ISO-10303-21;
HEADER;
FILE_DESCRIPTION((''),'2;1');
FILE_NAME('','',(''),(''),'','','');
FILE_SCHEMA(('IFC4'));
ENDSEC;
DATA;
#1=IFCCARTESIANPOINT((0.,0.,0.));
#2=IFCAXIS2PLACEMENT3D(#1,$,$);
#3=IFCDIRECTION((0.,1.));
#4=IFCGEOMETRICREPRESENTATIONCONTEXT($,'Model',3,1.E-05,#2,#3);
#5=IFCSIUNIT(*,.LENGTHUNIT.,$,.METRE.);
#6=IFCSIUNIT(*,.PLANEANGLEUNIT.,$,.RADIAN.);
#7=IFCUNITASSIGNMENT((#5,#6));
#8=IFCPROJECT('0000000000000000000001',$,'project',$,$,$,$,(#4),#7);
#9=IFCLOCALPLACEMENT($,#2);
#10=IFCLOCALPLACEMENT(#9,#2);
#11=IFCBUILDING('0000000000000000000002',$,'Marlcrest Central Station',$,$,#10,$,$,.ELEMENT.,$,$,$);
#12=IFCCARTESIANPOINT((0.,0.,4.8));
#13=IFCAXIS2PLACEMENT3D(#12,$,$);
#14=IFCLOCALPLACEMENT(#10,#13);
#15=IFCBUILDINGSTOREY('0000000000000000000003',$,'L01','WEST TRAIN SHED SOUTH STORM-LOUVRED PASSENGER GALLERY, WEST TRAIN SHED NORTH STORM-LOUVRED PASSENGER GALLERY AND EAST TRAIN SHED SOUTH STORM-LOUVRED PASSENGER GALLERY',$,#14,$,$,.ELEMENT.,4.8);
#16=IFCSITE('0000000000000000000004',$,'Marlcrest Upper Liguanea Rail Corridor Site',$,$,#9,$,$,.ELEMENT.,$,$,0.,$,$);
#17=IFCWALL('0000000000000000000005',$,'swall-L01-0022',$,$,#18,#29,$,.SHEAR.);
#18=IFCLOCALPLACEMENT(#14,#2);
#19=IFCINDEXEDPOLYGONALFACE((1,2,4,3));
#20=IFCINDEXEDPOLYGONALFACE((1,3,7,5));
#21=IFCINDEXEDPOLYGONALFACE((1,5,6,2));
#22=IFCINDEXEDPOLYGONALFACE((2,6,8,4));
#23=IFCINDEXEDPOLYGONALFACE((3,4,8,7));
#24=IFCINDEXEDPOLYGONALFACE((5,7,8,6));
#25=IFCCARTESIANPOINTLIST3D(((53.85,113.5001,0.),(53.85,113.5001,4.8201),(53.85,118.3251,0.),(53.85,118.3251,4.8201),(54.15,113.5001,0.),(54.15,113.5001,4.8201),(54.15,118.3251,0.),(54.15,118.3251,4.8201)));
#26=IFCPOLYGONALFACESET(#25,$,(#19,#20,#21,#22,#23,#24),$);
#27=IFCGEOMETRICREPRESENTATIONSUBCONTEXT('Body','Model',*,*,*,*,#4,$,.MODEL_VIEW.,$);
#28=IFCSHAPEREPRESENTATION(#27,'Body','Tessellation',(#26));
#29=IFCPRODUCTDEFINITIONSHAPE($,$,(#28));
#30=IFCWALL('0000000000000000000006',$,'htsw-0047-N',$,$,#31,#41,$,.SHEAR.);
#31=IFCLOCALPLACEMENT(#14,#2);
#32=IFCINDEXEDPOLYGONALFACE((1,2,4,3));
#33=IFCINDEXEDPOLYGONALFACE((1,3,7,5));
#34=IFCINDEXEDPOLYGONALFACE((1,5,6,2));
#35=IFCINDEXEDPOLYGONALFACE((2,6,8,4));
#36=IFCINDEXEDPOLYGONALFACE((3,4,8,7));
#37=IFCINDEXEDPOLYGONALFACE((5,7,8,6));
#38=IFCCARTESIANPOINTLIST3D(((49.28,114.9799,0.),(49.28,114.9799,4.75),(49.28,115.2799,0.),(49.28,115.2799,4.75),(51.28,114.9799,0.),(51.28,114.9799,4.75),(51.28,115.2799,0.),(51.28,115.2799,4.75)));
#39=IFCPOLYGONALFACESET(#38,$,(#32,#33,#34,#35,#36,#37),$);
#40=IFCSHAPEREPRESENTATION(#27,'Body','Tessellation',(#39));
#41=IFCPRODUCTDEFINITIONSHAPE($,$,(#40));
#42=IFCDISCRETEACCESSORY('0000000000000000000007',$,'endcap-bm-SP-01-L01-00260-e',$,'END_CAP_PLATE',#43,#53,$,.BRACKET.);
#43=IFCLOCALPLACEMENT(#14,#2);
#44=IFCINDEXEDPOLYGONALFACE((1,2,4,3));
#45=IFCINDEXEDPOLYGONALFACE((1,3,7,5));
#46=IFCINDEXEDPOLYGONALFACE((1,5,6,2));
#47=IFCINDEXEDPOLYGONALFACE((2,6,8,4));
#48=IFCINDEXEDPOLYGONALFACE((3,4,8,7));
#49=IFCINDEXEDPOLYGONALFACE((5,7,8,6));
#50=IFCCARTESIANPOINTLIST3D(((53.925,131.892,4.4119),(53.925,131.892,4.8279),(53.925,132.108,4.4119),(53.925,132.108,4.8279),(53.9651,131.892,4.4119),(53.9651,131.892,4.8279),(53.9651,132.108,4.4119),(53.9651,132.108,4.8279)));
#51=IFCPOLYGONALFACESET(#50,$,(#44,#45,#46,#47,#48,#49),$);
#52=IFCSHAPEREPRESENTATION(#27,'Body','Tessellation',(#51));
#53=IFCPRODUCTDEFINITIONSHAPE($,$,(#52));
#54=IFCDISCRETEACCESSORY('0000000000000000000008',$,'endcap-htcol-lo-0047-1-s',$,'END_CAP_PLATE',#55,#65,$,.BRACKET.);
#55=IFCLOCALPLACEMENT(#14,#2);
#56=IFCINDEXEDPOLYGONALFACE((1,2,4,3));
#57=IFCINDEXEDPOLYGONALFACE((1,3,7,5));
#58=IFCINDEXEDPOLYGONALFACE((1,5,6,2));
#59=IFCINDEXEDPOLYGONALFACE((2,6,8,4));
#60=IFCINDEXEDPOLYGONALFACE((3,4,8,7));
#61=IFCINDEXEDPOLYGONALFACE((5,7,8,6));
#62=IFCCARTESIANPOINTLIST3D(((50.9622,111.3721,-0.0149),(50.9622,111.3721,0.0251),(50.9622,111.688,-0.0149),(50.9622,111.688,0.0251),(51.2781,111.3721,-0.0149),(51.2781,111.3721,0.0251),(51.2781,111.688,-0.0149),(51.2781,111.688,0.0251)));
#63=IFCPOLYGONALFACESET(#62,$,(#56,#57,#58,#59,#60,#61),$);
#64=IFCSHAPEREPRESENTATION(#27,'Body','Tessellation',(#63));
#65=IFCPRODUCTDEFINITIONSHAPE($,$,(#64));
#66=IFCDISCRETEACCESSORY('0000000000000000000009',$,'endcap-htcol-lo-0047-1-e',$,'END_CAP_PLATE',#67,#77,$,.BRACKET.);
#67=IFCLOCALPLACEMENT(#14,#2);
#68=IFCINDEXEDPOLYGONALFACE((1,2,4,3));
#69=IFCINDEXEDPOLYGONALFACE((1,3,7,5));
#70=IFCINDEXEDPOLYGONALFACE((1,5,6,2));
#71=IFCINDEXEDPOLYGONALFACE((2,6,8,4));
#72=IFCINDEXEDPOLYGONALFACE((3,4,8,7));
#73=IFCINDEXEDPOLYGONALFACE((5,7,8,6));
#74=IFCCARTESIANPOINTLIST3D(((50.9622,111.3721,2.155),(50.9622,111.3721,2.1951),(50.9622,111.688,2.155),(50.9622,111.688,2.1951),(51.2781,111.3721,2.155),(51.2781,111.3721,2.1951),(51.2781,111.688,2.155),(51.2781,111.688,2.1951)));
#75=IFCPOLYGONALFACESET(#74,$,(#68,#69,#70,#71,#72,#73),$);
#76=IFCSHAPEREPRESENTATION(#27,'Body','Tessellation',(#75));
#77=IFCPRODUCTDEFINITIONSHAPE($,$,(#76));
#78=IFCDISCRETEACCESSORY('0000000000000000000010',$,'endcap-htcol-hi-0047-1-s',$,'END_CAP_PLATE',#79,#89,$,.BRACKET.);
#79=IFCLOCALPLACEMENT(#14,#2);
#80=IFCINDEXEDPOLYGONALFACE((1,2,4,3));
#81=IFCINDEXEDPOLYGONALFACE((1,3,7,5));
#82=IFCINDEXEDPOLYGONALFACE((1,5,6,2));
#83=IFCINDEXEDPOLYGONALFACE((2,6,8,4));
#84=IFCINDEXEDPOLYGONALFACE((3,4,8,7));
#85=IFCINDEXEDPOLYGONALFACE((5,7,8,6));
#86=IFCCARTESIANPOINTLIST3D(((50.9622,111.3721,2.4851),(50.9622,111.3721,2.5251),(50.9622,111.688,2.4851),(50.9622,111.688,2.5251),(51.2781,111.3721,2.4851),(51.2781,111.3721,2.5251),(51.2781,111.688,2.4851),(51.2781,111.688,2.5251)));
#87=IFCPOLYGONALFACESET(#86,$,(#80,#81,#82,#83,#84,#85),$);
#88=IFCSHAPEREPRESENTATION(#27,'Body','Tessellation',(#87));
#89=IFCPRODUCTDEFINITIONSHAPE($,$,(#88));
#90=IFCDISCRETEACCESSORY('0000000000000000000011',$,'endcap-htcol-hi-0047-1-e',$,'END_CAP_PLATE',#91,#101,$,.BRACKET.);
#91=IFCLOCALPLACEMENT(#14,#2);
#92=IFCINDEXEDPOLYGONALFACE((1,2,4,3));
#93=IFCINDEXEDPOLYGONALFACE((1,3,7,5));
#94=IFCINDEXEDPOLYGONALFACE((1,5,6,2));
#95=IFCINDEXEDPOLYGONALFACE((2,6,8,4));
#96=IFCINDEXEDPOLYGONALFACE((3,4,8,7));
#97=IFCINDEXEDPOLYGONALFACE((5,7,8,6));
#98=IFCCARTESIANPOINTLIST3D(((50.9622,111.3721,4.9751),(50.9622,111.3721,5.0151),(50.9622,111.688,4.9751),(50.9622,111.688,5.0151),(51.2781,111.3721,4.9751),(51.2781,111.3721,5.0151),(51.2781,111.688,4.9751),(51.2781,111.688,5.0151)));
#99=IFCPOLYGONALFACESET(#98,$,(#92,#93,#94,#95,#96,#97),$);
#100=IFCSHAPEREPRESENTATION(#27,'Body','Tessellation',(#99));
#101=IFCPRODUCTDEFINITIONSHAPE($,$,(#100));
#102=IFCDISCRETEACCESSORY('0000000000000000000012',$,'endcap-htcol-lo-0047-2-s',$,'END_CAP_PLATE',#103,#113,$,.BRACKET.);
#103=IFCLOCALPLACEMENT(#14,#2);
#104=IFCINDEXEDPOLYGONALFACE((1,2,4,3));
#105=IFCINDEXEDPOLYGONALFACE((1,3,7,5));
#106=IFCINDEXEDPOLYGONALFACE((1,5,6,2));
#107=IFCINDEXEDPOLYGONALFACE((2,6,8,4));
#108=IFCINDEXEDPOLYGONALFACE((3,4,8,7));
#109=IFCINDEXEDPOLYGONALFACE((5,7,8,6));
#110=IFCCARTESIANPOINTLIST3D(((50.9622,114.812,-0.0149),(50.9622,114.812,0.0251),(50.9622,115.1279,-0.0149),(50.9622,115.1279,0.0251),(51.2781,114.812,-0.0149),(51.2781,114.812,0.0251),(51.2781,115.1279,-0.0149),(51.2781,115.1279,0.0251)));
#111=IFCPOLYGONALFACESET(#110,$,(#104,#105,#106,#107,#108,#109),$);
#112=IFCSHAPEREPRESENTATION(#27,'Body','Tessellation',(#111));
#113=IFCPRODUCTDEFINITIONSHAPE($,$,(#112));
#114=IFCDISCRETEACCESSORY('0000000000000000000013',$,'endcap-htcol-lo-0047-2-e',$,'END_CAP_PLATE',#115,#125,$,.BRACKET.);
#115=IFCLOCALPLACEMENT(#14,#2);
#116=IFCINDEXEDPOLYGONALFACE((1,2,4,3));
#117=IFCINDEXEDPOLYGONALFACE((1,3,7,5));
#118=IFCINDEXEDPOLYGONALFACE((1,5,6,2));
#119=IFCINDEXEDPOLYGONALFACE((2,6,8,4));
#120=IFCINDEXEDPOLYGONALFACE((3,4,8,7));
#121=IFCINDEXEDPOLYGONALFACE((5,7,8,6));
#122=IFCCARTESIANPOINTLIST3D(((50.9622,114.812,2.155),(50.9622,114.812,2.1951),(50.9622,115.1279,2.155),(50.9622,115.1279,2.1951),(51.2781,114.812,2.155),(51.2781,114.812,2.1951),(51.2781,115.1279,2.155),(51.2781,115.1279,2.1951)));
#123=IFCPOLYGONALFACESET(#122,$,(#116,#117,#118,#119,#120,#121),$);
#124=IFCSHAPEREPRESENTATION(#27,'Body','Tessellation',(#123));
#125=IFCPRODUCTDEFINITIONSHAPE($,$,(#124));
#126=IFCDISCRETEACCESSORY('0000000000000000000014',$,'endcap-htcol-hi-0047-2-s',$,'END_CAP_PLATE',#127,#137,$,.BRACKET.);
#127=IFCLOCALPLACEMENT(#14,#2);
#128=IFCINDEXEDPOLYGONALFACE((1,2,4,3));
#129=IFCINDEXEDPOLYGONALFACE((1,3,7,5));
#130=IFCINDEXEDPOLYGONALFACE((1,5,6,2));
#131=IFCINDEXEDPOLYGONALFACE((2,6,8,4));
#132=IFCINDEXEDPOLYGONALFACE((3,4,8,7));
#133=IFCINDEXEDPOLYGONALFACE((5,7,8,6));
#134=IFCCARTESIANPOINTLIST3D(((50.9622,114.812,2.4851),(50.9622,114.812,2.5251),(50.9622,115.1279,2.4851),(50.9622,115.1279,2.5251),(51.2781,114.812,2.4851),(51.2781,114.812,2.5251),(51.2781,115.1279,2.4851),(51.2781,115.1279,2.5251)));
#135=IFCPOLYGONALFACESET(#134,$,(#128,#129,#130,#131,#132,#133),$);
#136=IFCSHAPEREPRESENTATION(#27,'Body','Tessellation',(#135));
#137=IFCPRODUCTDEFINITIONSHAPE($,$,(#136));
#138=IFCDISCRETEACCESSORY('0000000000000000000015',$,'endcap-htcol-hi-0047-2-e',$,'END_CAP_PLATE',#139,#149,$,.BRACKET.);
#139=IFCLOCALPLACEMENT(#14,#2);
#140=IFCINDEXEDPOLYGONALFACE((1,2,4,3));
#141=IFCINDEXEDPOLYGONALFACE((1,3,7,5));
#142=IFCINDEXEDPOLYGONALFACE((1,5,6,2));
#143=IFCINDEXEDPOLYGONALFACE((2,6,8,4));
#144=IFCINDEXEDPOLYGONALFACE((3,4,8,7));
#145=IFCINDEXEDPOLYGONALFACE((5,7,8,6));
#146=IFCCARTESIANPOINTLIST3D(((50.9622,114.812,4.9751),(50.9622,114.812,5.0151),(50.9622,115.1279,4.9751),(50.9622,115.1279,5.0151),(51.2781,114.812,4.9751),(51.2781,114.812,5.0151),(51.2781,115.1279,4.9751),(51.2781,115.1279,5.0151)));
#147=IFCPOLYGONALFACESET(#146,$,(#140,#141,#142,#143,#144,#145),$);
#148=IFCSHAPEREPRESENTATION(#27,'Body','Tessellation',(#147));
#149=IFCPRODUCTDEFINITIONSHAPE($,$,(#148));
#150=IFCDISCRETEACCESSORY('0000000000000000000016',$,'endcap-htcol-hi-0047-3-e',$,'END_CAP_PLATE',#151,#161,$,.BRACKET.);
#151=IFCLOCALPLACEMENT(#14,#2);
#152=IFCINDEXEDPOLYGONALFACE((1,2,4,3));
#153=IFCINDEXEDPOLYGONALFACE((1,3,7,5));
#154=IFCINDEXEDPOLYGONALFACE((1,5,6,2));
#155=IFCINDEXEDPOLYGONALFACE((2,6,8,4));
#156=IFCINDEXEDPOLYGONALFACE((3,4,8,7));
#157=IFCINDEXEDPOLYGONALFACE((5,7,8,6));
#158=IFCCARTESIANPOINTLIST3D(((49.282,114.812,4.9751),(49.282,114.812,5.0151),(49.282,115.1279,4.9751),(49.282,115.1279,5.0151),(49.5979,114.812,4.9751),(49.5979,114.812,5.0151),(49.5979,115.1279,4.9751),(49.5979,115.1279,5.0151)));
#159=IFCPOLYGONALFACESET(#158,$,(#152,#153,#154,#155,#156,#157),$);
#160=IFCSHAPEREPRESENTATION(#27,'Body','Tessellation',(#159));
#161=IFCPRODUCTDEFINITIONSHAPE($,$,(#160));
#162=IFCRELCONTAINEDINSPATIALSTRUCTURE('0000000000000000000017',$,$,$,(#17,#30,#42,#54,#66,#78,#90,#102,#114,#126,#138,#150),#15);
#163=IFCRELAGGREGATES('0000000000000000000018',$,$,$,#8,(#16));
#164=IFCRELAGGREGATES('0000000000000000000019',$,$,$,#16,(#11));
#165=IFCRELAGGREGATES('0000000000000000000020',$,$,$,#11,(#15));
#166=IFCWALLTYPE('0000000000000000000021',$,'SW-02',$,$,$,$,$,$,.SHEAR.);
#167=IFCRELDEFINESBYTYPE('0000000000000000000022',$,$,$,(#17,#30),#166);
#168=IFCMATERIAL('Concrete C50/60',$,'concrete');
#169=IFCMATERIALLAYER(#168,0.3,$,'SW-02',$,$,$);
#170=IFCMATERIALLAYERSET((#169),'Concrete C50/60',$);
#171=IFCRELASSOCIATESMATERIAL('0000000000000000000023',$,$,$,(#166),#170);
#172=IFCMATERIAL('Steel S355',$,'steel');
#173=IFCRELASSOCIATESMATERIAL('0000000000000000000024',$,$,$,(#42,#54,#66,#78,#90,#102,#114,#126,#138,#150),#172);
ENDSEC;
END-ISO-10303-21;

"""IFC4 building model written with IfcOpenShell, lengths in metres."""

from ifc_helpers import new_model, si_unit, direction, frame, frame_2d, origin, origin_2d, place, context, subcontext, project, spatial, rectangle, extrude, material, layer, layer_set, type_object, element, save


model = new_model("IFC4")

# Units and contexts
model_context = context("Model", 3, precision=1e-05, world=origin(), true_north=direction((0.0, 1.0)))
body_context = subcontext(model_context, "Body", "Model", "MODEL_VIEW")
ifc_project = project(units=[si_unit("LENGTHUNIT", "METRE"), si_unit("PLANEANGLEUNIT", "RADIAN")], contexts=[model_context])

# Site, building, storey
site_placement = place(None, origin())
site = spatial("IfcSite", under=ifc_project, at=site_placement, Name="Marlcrest Upper Liguanea Rail Corridor Site", CompositionType="ELEMENT", RefElevation=0.0)
building_placement = place(site_placement, origin())
building = spatial("IfcBuilding", under=site, at=building_placement, Name="Marlcrest Central Station", CompositionType="ELEMENT")
storey_placement = place(building_placement, frame((0.0, 0.0, 4.8)))
storey = spatial("IfcBuildingStorey", under=building, at=storey_placement, Name="L01", Description="WEST TRAIN SHED SOUTH STORM-LOUVRED PASSENGER GALLERY, WEST TRAIN SHED NORTH STORM-LOUVRED PASSENGER GALLERY AND EAST TRAIN SHED SOUTH STORM-LOUVRED PASSENGER GALLERY", CompositionType="ELEMENT", Elevation=4.8)

# Shared definitions
ifc_material_1 = material(Name="Steel S355", Category="steel")

# Walls
ifc_material_2 = material(Name="Concrete C50/60", Category="concrete")
ifc_layer_1 = layer(ifc_material_2, 0.3, Name="SW-02")
ifc_layer_set_1 = layer_set([ifc_layer_1], Name="Concrete C50/60")
wall_type_1 = type_object("IfcWallType", Name="SW-02", PredefinedType="SHEAR", material=ifc_layer_set_1)
wall_1_placement = place(storey_placement, frame((54.0, 113.5, 0.0), z_axis=(0.0, 0.0, 1.0), x_axis=(0.0, 1.0, 0.0)))
element("IfcWall", 1, at=wall_1_placement, inside=storey, type_object=wall_type_1, Name="swall-L01-0022", PredefinedType="SHEAR", context=body_context, shape_type="SweptSolid", body=[
    extrude(rectangle(XDim=4.825, YDim=0.3, at=frame_2d((2.4126, 0.0))), origin(), (0.0, 0.0, 1.0), 4.8201),
])
wall_2_placement = place(storey_placement, frame((51.28, 115.1299, 0.0), z_axis=(0.0, 0.0, 1.0), x_axis=(-1.0, 0.0, 0.0)))
element("IfcWall", 2, at=wall_2_placement, inside=storey, type_object=wall_type_1, Name="htsw-0047-N", PredefinedType="SHEAR", context=body_context, shape_type="SweptSolid", body=[
    extrude(rectangle(XDim=2.0, YDim=0.3, at=frame_2d((1.0, 0.0))), origin(), (0.0, 0.0, 1.0), 4.75),
])

# Discrete accessories
discrete_accessory_placement = place(storey_placement, frame((53.925, 132.0, 4.6199), z_axis=(1.0, 0.0, 0.0), x_axis=(0.0, 1.0, 0.0)))
element("IfcDiscreteAccessory", 3, at=discrete_accessory_placement, inside=storey, material=ifc_material_1, Name="endcap-bm-SP-01-L01-00260-e", ObjectType="END_CAP_PLATE", PredefinedType="BRACKET", context=body_context, shape_type="SweptSolid", body=[
    extrude(rectangle(XDim=0.2161, YDim=0.416, at=origin_2d()), origin(), (0.0, 0.0, 1.0), 0.04),
])
for number, where, z_axis, x_axis, name in (
    (4, (51.1201, 111.53, -0.0149), (0.0, 0.0, 1.0), (1.0, 0.0, 0.0), "endcap-htcol-lo-0047-1-s"),
    (5, (51.1201, 111.53, 2.155), (0.0, 0.0, 1.0), (1.0, 0.0, 0.0), "endcap-htcol-lo-0047-1-e"),
    (6, (51.1201, 111.53, 2.4851), (0.0, 0.0, 1.0), (1.0, 0.0, 0.0), "endcap-htcol-hi-0047-1-s"),
    (7, (51.1201, 111.53, 4.9751), (0.0, 0.0, 1.0), (1.0, 0.0, 0.0), "endcap-htcol-hi-0047-1-e"),
    (8, (51.1201, 114.97, -0.0149), (0.0, 0.0, 1.0), (1.0, 0.0, 0.0), "endcap-htcol-lo-0047-2-s"),
    (9, (51.1201, 114.97, 2.155), (0.0, 0.0, 1.0), (1.0, 0.0, 0.0), "endcap-htcol-lo-0047-2-e"),
    (10, (51.1201, 114.97, 2.4851), (0.0, 0.0, 1.0), (1.0, 0.0, 0.0), "endcap-htcol-hi-0047-2-s"),
    (11, (51.1201, 114.97, 4.9751), (0.0, 0.0, 1.0), (1.0, 0.0, 0.0), "endcap-htcol-hi-0047-2-e"),
    (12, (49.4399, 114.97, 4.9751), (0.0, 0.0, 1.0), (1.0, 0.0, 0.0), "endcap-htcol-hi-0047-3-e"),
):
    element("IfcDiscreteAccessory", number, at=place(storey_placement, frame(where, z_axis=z_axis, x_axis=x_axis)), inside=storey, material=ifc_material_1, Name=name, ObjectType="END_CAP_PLATE", PredefinedType="BRACKET", context=body_context, shape_type="SweptSolid", body=[
        extrude(rectangle(XDim=0.3159, YDim=0.3159, at=origin_2d()), origin(), (0.0, 0.0, 1.0), 0.04),
    ])

save(model, "model.ifc")
